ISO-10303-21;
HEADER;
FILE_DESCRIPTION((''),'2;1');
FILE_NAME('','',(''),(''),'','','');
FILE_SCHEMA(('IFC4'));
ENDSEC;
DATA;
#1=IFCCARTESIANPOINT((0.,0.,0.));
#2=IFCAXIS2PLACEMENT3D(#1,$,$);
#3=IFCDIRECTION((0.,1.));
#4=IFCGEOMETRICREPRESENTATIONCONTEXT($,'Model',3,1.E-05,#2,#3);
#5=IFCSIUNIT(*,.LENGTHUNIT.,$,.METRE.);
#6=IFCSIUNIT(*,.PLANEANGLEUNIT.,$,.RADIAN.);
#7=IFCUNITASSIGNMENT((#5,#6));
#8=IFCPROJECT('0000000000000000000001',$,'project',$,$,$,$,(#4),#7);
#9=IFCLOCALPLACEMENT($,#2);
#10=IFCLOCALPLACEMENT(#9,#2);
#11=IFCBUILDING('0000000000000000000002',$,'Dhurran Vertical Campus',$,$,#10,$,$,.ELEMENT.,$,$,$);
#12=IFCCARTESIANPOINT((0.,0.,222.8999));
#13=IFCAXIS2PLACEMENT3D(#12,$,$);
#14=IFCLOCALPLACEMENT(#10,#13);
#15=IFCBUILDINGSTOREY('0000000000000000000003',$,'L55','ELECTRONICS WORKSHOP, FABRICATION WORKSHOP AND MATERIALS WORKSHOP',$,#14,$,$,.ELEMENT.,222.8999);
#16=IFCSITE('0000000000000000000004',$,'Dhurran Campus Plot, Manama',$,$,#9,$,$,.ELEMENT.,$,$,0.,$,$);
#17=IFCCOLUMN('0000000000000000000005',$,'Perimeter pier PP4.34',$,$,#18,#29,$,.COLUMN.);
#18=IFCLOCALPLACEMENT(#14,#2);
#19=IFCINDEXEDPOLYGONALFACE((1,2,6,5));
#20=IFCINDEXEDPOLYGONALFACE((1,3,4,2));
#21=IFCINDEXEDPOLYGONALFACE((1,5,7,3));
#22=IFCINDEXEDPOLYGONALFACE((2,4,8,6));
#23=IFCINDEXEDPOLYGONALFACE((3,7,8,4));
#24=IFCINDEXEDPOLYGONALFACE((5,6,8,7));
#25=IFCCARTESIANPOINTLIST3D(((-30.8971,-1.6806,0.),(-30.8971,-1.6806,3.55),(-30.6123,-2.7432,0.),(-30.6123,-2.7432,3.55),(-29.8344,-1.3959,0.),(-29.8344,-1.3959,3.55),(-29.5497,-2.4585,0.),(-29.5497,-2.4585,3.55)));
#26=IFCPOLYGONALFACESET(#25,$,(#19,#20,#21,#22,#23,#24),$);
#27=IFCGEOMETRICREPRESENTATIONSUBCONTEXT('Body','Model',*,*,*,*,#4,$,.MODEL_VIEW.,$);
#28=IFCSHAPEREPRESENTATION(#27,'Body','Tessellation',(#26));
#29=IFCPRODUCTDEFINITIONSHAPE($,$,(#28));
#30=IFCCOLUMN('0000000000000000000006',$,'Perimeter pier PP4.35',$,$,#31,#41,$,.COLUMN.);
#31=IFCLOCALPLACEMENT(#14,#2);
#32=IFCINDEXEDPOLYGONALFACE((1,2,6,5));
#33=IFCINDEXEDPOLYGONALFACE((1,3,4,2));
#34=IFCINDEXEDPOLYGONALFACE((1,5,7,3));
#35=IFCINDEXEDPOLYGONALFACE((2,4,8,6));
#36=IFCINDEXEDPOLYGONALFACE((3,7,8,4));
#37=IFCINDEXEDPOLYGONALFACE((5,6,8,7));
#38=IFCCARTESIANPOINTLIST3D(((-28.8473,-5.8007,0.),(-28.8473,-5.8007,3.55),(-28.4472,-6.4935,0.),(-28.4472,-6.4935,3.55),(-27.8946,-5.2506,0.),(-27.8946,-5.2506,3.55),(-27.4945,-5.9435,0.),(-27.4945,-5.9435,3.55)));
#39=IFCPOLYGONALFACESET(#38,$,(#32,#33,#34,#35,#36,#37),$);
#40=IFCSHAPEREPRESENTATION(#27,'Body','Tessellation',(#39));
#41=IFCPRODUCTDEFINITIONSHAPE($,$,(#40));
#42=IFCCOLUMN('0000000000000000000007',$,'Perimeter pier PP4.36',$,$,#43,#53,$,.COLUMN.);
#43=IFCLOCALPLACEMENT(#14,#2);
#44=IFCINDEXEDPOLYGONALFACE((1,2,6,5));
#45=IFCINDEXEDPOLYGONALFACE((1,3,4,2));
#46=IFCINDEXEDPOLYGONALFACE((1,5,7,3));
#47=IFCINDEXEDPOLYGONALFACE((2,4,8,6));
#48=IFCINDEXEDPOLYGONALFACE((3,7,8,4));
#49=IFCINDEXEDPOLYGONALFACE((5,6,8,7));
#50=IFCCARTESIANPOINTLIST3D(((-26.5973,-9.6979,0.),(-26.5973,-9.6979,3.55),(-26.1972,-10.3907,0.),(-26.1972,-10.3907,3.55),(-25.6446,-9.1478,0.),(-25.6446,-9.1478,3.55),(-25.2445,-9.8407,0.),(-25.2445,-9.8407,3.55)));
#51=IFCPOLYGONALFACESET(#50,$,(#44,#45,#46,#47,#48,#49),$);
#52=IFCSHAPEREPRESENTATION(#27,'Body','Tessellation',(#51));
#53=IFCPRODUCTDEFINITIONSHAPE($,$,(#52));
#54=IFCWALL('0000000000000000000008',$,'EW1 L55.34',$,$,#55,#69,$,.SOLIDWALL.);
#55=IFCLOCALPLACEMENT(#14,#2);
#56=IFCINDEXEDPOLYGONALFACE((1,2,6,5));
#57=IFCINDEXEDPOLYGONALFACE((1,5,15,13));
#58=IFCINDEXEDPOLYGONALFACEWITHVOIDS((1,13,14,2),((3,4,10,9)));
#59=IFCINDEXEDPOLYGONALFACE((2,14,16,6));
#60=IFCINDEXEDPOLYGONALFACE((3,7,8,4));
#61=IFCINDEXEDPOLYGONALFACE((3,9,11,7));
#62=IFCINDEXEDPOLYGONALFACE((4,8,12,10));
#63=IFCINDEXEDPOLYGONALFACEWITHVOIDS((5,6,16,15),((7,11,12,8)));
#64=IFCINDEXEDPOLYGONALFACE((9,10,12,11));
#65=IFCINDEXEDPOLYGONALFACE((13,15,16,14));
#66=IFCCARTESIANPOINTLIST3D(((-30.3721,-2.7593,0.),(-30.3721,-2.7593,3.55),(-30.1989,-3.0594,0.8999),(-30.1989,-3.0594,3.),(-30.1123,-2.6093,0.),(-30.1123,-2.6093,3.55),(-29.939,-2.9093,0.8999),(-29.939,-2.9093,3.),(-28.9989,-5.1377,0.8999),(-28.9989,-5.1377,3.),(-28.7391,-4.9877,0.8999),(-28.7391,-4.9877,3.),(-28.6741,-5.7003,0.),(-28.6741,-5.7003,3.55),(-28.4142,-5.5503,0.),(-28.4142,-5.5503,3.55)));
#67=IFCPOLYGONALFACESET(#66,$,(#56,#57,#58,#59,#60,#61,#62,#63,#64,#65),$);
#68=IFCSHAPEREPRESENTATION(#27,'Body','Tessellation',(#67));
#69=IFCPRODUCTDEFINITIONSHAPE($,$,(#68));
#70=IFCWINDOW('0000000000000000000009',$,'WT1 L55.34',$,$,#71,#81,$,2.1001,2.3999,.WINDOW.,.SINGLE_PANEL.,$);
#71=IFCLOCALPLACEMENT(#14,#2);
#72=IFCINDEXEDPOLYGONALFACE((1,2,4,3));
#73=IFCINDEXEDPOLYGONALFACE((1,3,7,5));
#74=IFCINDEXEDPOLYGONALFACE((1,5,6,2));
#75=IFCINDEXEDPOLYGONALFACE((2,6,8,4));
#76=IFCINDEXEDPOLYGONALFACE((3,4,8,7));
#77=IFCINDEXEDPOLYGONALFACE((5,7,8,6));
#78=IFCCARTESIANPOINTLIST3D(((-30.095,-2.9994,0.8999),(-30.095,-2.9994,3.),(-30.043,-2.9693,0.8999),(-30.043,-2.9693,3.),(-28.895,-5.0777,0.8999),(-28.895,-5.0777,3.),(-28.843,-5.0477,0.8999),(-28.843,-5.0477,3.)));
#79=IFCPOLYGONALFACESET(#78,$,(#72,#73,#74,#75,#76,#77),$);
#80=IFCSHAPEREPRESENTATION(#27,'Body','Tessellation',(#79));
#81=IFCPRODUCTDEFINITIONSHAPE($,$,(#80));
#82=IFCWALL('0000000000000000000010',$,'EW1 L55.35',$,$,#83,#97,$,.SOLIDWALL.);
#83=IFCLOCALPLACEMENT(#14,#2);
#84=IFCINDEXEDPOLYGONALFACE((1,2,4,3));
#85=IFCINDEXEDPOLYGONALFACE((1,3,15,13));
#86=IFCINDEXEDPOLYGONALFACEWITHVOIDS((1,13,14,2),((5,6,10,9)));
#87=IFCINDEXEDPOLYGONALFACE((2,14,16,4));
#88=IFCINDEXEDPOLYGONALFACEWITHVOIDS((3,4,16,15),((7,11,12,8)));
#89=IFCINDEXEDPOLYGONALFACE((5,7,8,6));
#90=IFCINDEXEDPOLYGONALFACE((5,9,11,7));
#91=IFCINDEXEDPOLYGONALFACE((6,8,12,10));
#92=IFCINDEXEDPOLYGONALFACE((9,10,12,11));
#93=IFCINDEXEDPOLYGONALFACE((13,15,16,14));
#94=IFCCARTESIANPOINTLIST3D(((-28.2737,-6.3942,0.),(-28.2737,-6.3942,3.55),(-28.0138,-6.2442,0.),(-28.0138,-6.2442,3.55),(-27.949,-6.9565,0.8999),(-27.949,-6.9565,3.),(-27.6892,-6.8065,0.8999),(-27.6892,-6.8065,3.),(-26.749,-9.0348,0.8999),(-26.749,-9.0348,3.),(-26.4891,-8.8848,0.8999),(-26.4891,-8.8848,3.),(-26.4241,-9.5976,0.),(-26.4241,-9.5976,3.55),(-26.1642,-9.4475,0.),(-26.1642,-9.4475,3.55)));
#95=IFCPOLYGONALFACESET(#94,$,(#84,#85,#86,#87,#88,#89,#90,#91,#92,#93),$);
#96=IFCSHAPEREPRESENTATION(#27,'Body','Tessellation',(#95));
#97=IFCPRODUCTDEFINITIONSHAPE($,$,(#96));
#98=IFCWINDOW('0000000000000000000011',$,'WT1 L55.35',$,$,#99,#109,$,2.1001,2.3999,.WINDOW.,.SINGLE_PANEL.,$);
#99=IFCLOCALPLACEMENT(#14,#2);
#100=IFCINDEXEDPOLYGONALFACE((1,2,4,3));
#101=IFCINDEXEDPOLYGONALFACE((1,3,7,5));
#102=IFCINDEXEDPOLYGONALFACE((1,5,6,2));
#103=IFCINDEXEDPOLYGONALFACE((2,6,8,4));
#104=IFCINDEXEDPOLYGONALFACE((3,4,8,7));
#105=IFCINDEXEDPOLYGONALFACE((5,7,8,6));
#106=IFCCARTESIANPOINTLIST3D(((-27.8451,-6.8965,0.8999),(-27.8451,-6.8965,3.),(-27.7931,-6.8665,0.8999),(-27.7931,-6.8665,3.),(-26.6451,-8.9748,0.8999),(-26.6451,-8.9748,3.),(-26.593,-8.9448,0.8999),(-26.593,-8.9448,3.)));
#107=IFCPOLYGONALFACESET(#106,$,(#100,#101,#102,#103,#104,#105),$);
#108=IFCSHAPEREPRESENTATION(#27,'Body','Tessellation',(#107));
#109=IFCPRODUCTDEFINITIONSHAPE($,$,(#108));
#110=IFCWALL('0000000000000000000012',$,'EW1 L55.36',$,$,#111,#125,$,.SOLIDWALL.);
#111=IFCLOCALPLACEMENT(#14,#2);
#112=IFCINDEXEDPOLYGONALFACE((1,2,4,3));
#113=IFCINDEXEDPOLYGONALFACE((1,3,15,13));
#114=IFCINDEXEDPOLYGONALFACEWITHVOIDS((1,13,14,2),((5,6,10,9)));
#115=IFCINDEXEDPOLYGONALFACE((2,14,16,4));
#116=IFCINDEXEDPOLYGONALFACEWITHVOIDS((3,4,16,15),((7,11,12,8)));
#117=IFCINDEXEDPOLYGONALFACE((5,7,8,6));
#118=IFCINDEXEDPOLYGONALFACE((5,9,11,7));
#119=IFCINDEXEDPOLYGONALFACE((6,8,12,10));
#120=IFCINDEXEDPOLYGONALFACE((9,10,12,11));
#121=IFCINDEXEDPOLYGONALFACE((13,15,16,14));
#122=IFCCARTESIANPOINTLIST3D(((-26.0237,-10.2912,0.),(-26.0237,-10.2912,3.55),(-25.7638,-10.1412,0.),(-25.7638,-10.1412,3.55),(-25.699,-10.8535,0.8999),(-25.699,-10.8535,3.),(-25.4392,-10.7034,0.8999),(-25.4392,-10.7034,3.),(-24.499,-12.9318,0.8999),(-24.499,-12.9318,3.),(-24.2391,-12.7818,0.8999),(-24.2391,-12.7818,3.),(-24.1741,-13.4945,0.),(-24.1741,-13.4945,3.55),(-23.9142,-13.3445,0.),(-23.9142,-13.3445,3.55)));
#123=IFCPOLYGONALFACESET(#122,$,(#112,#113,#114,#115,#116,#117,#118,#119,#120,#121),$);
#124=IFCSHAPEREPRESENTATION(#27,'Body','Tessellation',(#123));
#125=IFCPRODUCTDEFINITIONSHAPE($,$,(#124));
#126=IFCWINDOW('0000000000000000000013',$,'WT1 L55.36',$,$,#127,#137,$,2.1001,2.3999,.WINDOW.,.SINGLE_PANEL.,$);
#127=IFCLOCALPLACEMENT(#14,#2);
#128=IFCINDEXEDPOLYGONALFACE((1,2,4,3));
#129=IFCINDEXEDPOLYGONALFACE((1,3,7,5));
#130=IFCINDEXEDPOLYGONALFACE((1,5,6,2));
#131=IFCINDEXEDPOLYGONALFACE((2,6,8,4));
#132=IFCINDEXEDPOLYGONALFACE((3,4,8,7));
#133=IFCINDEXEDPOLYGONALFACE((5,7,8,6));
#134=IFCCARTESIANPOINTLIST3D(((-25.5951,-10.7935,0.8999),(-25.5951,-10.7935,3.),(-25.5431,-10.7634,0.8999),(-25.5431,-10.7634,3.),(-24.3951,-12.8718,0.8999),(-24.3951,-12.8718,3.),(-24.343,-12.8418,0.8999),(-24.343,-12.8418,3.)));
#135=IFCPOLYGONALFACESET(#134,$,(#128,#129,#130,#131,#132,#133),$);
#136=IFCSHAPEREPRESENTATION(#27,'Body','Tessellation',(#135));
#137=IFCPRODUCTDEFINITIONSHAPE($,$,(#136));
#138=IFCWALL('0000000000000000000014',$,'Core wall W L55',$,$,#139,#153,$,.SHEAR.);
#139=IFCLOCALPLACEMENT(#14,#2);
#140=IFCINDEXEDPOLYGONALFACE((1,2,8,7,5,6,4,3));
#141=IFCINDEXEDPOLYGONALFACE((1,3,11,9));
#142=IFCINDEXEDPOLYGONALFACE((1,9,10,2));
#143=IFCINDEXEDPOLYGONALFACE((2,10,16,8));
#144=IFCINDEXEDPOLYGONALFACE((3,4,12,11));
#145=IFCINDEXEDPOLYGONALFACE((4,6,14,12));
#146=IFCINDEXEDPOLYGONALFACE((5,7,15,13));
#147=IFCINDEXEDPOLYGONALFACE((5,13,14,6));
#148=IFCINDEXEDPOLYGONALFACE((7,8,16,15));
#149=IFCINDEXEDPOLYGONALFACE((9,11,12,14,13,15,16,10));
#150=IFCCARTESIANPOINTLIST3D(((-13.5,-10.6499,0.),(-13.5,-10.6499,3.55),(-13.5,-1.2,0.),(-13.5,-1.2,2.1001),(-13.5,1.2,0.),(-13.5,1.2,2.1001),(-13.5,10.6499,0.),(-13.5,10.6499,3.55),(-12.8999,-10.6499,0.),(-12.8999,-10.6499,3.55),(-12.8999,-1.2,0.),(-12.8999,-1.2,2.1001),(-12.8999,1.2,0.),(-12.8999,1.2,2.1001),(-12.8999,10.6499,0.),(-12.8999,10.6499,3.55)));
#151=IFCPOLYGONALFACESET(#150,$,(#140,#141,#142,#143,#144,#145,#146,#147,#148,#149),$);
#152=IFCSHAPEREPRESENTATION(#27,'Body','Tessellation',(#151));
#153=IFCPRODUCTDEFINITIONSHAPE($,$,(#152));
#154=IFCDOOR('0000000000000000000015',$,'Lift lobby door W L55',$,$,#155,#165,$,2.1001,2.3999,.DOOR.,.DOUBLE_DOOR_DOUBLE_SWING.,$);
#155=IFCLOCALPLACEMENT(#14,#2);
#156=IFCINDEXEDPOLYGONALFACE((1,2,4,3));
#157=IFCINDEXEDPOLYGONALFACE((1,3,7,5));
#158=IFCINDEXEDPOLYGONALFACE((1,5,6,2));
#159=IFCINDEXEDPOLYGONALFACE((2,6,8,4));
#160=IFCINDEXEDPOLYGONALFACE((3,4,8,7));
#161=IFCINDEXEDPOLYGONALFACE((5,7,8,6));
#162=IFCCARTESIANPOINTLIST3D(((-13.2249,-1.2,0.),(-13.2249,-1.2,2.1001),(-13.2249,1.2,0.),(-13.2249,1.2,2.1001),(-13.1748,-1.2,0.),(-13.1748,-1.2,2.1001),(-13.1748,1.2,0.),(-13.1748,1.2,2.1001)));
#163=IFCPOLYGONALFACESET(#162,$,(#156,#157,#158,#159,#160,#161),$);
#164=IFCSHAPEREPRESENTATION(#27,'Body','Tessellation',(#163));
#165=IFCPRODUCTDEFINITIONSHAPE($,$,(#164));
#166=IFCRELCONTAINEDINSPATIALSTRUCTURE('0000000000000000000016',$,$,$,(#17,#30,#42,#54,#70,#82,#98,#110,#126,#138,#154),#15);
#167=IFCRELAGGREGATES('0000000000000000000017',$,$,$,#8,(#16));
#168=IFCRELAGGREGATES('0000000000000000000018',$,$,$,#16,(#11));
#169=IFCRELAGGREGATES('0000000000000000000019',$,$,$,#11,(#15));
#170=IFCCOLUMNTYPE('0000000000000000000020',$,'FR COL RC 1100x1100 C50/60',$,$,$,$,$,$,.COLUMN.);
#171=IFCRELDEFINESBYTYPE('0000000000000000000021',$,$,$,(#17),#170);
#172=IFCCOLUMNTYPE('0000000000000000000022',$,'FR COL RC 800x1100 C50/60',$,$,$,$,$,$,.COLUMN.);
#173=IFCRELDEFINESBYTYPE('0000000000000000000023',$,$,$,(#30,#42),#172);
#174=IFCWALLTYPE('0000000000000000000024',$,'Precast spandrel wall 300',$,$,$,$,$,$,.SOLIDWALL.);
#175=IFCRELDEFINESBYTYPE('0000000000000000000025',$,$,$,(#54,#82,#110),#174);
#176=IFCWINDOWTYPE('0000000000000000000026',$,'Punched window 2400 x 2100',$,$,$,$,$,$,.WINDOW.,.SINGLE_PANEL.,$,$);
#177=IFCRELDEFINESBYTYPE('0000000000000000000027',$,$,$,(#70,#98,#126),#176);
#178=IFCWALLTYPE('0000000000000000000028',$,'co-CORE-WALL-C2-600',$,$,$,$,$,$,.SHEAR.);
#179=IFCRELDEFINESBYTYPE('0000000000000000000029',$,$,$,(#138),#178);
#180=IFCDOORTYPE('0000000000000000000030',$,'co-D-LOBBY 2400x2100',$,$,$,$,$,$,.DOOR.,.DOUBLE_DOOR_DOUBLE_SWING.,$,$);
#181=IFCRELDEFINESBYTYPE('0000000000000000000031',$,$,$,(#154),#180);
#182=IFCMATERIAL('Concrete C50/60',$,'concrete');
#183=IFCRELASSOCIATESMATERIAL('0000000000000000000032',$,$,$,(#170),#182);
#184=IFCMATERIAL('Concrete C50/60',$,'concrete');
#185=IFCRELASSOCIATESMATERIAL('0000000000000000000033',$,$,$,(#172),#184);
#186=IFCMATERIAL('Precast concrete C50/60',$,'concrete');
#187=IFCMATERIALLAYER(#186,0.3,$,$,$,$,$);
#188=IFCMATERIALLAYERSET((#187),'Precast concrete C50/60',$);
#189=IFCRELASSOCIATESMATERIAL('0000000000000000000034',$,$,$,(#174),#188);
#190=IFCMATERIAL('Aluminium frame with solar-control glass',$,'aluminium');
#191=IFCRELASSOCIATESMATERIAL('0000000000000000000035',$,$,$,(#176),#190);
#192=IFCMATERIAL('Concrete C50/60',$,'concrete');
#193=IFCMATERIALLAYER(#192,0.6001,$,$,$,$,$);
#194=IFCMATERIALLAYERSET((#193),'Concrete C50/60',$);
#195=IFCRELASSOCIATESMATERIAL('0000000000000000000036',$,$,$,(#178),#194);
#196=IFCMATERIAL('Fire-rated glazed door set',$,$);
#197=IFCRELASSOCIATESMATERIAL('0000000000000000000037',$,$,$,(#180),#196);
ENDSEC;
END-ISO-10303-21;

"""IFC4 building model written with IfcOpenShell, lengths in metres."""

from ifc_helpers import new_model, si_unit, direction, frame, frame_2d, origin, origin_2d, place, context, subcontext, project, spatial, rectangle, extrude, material, layer, layer_set, material_profile, profile_set, type_object, element, fill, save


model = new_model("IFC4")

# Units and contexts
model_context = context("Model", 3, precision=1e-05, world=origin(), true_north=direction((0.0, 1.0)))
body_context = subcontext(model_context, "Body", "Model", "MODEL_VIEW")
ifc_project = project(units=[si_unit("LENGTHUNIT", "METRE"), si_unit("PLANEANGLEUNIT", "RADIAN")], contexts=[model_context])

# Site, building, storey
site_placement = place(None, origin())
site = spatial("IfcSite", under=ifc_project, at=site_placement, Name="Dhurran Campus Plot, Manama", CompositionType="ELEMENT", RefElevation=0.0)
building_placement = place(site_placement, origin())
building = spatial("IfcBuilding", under=site, at=building_placement, Name="Dhurran Vertical Campus", CompositionType="ELEMENT")
storey_placement = place(building_placement, frame((0.0, 0.0, 222.8999)))
storey = spatial("IfcBuildingStorey", under=building, at=storey_placement, Name="L55", Description="ELECTRONICS WORKSHOP, FABRICATION WORKSHOP AND MATERIALS WORKSHOP", CompositionType="ELEMENT", Elevation=222.8999)

# Columns
ifc_material_1 = material(Name="Concrete C50/60", Category="concrete")
ifc_material_profile_1 = material_profile(ifc_material_1, rectangle(XDim=1.1001, YDim=1.1001, at=origin_2d()), Name="RC 1100x1100")
ifc_profile_set_1 = profile_set([ifc_material_profile_1], Name="Concrete C50/60")
column_type_1 = type_object("IfcColumnType", Name="FR COL RC 1100x1100 C50/60", PredefinedType="COLUMN", material=ifc_profile_set_1)
column_placement = place(storey_placement, frame((-30.2234, -2.0696, 0.0), z_axis=(0.0, 0.0, 1.0), x_axis=(0.258819, -0.965926, 0.0)))
element("IfcColumn", 1, at=column_placement, inside=storey, type_object=column_type_1, Name="Perimeter pier PP4.34", PredefinedType="COLUMN", context=body_context, shape_type="SweptSolid", body=[
    extrude(rectangle(XDim=1.1001, YDim=1.1001, at=origin_2d()), origin(), (0.0, 0.0, 1.0), 3.55),
])
ifc_material_2 = material(Name="Concrete C50/60", Category="concrete")
ifc_material_profile_2 = material_profile(ifc_material_2, rectangle(XDim=0.8, YDim=1.1001, at=origin_2d()), Name="RC 800x1100")
ifc_profile_set_2 = profile_set([ifc_material_profile_2], Name="Concrete C50/60")
column_type_2 = type_object("IfcColumnType", Name="FR COL RC 800x1100 C50/60", PredefinedType="COLUMN", material=ifc_profile_set_2)
for number, where, z_axis, x_axis, name in (
    (2, (-28.1709, -5.8721, 0.0), (0.0, 0.0, 1.0), (0.5, -0.866025, 0.0), "Perimeter pier PP4.35"),
    (3, (-25.9209, -9.7693, 0.0), (0.0, 0.0, 1.0), (0.5, -0.866025, 0.0), "Perimeter pier PP4.36"),
):
    element("IfcColumn", number, at=place(storey_placement, frame(where, z_axis=z_axis, x_axis=x_axis)), inside=storey, type_object=column_type_2, Name=name, PredefinedType="COLUMN", context=body_context, shape_type="SweptSolid", body=[
        extrude(rectangle(XDim=0.8, YDim=1.1001, at=origin_2d()), origin(), (0.0, 0.0, 1.0), 3.55),
    ])

# Walls, openings, windows
ifc_material_3 = material(Name="Precast concrete C50/60", Category="concrete")
ifc_layer_1 = layer(ifc_material_3, 0.3)
ifc_layer_set_1 = layer_set([ifc_layer_1], Name="Precast concrete C50/60")
wall_type_1 = type_object("IfcWallType", Name="Precast spandrel wall 300", PredefinedType="SOLIDWALL", material=ifc_layer_set_1)
wall_1_placement = place(storey_placement, frame((-30.2422, -2.6843, 0.0), z_axis=(0.0, 0.0, 1.0), x_axis=(0.500013, -0.866018, 0.0)))
wall_1 = element("IfcWall", 4, at=wall_1_placement, inside=storey, type_object=wall_type_1, Name="EW1 L55.34", PredefinedType="SOLIDWALL", context=body_context, shape_type="SweptSolid", body=[
    extrude(rectangle(XDim=3.396, YDim=0.3, at=frame_2d((1.698, 0.0))), origin(), (0.0, 0.0, 1.0), 3.55),
])
opening_1_placement = place(wall_1_placement, frame((0.3464, 0.0, 0.8999)))
opening_1 = element("IfcOpeningElement", 5, at=opening_1_placement, cuts=wall_1, PredefinedType="OPENING", context=body_context, shape_type="SweptSolid", body=[
    extrude(rectangle(XDim=2.3999, YDim=2.1001, at=frame_2d((1.2, 1.05))), frame((0.0, 0.1599, 0.0), z_axis=(0.0, -1.0, 0.0), x_axis=(1.0, 0.0, 0.0)), (0.0, 0.0, 1.0), 0.3201),
])
ifc_material_4 = material(Name="Aluminium frame with solar-control glass", Category="aluminium")
window_type = type_object("IfcWindowType", Name="Punched window 2400 x 2100", PartitioningType="SINGLE_PANEL", PredefinedType="WINDOW", material=ifc_material_4)
window_1_placement = place(opening_1_placement, origin())
window_1 = element("IfcWindow", 6, at=window_1_placement, inside=storey, type_object=window_type, Name="WT1 L55.34", OverallHeight=2.1001, OverallWidth=2.3999, PartitioningType="SINGLE_PANEL", PredefinedType="WINDOW", context=body_context, shape_type="SweptSolid", body=[
    extrude(rectangle(XDim=2.3999, YDim=2.1001, at=frame_2d((1.2, 1.05))), frame((0.0, 0.03, 0.0), z_axis=(0.0, -1.0, 0.0), x_axis=(1.0, 0.0, 0.0)), (0.0, 0.0, 1.0), 0.0601),
])
fill(opening_1, window_1)
wall_2_placement = place(storey_placement, frame((-28.1438, -6.3191, 0.0), z_axis=(0.0, 0.0, 1.0), x_axis=(0.500029, -0.866009, 0.0)))
wall_2 = element("IfcWall", 7, at=wall_2_placement, inside=storey, type_object=wall_type_1, Name="EW1 L55.35", PredefinedType="SOLIDWALL", context=body_context, shape_type="SweptSolid", body=[
    extrude(rectangle(XDim=3.699, YDim=0.3, at=frame_2d((1.8496, 0.0))), origin(), (0.0, 0.0, 1.0), 3.55),
])
opening_2_placement = place(wall_2_placement, frame((0.6494, 0.0, 0.8999)))
opening_2 = element("IfcOpeningElement", 8, at=opening_2_placement, cuts=wall_2, PredefinedType="OPENING", context=body_context, shape_type="SweptSolid", body=[
    extrude(rectangle(XDim=2.3999, YDim=2.1001, at=frame_2d((1.2, 1.05))), frame((0.0, 0.1599, 0.0), z_axis=(0.0, -1.0, 0.0), x_axis=(1.0, 0.0, 0.0)), (0.0, 0.0, 1.0), 0.3201),
])
window_2_placement = place(opening_2_placement, origin())
window_2 = element("IfcWindow", 9, at=window_2_placement, inside=storey, type_object=window_type, Name="WT1 L55.35", OverallHeight=2.1001, OverallWidth=2.3999, PartitioningType="SINGLE_PANEL", PredefinedType="WINDOW", context=body_context, shape_type="SweptSolid", body=[
    extrude(rectangle(XDim=2.3999, YDim=2.1001, at=frame_2d((1.2, 1.05))), frame((0.0, 0.03, 0.0), z_axis=(0.0, -1.0, 0.0), x_axis=(1.0, 0.0, 0.0)), (0.0, 0.0, 1.0), 0.0601),
])
fill(opening_2, window_2)
wall_3_placement = place(storey_placement, frame((-25.8938, -10.2161, 0.0), z_axis=(0.0, 0.0, 1.0), x_axis=(0.500029, -0.866009, 0.0)))
wall_3 = element("IfcWall", 10, at=wall_3_placement, inside=storey, type_object=wall_type_1, Name="EW1 L55.36", PredefinedType="SOLIDWALL", context=body_context, shape_type="SweptSolid", body=[
    extrude(rectangle(XDim=3.699, YDim=0.3, at=frame_2d((1.8496, 0.0))), origin(), (0.0, 0.0, 1.0), 3.55),
])
opening_3_placement = place(wall_3_placement, frame((0.6494, 0.0, 0.8999)))
opening_3 = element("IfcOpeningElement", 11, at=opening_3_placement, cuts=wall_3, PredefinedType="OPENING", context=body_context, shape_type="SweptSolid", body=[
    extrude(rectangle(XDim=2.3999, YDim=2.1001, at=frame_2d((1.2, 1.05))), frame((0.0, 0.1599, 0.0), z_axis=(0.0, -1.0, 0.0), x_axis=(1.0, 0.0, 0.0)), (0.0, 0.0, 1.0), 0.3201),
])
window_3_placement = place(opening_3_placement, origin())
window_3 = element("IfcWindow", 12, at=window_3_placement, inside=storey, type_object=window_type, Name="WT1 L55.36", OverallHeight=2.1001, OverallWidth=2.3999, PartitioningType="SINGLE_PANEL", PredefinedType="WINDOW", context=body_context, shape_type="SweptSolid", body=[
    extrude(rectangle(XDim=2.3999, YDim=2.1001, at=frame_2d((1.2, 1.05))), frame((0.0, 0.03, 0.0), z_axis=(0.0, -1.0, 0.0), x_axis=(1.0, 0.0, 0.0)), (0.0, 0.0, 1.0), 0.0601),
])
fill(opening_3, window_3)

# Wall, opening, door
ifc_material_5 = material(Name="Concrete C50/60", Category="concrete")
ifc_layer_2 = layer(ifc_material_5, 0.6001)
ifc_layer_set_2 = layer_set([ifc_layer_2], Name="Concrete C50/60")
wall_type_2 = type_object("IfcWallType", Name="co-CORE-WALL-C2-600", PredefinedType="SHEAR", material=ifc_layer_set_2)
wall_4_placement = place(storey_placement, frame((-13.2, -10.6499, 0.0), z_axis=(0.0, 0.0, 1.0), x_axis=(0.0, 1.0, 0.0)))
wall_4 = element("IfcWall", 13, at=wall_4_placement, inside=storey, type_object=wall_type_2, Name="Core wall W L55", PredefinedType="SHEAR", context=body_context, shape_type="SweptSolid", body=[
    extrude(rectangle(XDim=21.2998, YDim=0.6001, at=frame_2d((10.6499, 0.0))), origin(), (0.0, 0.0, 1.0), 3.55),
])
opening_4_placement = place(wall_4_placement, frame((9.45, 0.0, 0.0)))
opening_4 = element("IfcOpeningElement", 14, at=opening_4_placement, cuts=wall_4, PredefinedType="OPENING", context=body_context, shape_type="SweptSolid", body=[
    extrude(rectangle(XDim=2.3999, YDim=2.1001, at=frame_2d((1.2, 1.05))), frame((0.0, 0.3101, 0.0), z_axis=(0.0, -1.0, 0.0), x_axis=(1.0, 0.0, 0.0)), (0.0, 0.0, 1.0), 0.6201),
])
ifc_material_6 = material(Name="Fire-rated glazed door set")
door_type_1 = type_object("IfcDoorType", Name="co-D-LOBBY 2400x2100", OperationType="DOUBLE_DOOR_DOUBLE_SWING", PredefinedType="DOOR", material=ifc_material_6)
door_1_placement = place(opening_4_placement, origin())
door_1 = element("IfcDoor", 15, at=door_1_placement, inside=storey, type_object=door_type_1, Name="Lift lobby door W L55", OperationType="DOUBLE_DOOR_DOUBLE_SWING", OverallHeight=2.1001, OverallWidth=2.3999, PredefinedType="DOOR", context=body_context, shape_type="SweptSolid", body=[
    extrude(rectangle(XDim=2.3999, YDim=2.1001, at=frame_2d((1.2, 1.05))), frame((0.0, 0.0249, 0.0), z_axis=(0.0, -1.0, 0.0), x_axis=(1.0, 0.0, 0.0)), (0.0, 0.0, 1.0), 0.05),
])
fill(opening_4, door_1)

save(model, "model.ifc")
